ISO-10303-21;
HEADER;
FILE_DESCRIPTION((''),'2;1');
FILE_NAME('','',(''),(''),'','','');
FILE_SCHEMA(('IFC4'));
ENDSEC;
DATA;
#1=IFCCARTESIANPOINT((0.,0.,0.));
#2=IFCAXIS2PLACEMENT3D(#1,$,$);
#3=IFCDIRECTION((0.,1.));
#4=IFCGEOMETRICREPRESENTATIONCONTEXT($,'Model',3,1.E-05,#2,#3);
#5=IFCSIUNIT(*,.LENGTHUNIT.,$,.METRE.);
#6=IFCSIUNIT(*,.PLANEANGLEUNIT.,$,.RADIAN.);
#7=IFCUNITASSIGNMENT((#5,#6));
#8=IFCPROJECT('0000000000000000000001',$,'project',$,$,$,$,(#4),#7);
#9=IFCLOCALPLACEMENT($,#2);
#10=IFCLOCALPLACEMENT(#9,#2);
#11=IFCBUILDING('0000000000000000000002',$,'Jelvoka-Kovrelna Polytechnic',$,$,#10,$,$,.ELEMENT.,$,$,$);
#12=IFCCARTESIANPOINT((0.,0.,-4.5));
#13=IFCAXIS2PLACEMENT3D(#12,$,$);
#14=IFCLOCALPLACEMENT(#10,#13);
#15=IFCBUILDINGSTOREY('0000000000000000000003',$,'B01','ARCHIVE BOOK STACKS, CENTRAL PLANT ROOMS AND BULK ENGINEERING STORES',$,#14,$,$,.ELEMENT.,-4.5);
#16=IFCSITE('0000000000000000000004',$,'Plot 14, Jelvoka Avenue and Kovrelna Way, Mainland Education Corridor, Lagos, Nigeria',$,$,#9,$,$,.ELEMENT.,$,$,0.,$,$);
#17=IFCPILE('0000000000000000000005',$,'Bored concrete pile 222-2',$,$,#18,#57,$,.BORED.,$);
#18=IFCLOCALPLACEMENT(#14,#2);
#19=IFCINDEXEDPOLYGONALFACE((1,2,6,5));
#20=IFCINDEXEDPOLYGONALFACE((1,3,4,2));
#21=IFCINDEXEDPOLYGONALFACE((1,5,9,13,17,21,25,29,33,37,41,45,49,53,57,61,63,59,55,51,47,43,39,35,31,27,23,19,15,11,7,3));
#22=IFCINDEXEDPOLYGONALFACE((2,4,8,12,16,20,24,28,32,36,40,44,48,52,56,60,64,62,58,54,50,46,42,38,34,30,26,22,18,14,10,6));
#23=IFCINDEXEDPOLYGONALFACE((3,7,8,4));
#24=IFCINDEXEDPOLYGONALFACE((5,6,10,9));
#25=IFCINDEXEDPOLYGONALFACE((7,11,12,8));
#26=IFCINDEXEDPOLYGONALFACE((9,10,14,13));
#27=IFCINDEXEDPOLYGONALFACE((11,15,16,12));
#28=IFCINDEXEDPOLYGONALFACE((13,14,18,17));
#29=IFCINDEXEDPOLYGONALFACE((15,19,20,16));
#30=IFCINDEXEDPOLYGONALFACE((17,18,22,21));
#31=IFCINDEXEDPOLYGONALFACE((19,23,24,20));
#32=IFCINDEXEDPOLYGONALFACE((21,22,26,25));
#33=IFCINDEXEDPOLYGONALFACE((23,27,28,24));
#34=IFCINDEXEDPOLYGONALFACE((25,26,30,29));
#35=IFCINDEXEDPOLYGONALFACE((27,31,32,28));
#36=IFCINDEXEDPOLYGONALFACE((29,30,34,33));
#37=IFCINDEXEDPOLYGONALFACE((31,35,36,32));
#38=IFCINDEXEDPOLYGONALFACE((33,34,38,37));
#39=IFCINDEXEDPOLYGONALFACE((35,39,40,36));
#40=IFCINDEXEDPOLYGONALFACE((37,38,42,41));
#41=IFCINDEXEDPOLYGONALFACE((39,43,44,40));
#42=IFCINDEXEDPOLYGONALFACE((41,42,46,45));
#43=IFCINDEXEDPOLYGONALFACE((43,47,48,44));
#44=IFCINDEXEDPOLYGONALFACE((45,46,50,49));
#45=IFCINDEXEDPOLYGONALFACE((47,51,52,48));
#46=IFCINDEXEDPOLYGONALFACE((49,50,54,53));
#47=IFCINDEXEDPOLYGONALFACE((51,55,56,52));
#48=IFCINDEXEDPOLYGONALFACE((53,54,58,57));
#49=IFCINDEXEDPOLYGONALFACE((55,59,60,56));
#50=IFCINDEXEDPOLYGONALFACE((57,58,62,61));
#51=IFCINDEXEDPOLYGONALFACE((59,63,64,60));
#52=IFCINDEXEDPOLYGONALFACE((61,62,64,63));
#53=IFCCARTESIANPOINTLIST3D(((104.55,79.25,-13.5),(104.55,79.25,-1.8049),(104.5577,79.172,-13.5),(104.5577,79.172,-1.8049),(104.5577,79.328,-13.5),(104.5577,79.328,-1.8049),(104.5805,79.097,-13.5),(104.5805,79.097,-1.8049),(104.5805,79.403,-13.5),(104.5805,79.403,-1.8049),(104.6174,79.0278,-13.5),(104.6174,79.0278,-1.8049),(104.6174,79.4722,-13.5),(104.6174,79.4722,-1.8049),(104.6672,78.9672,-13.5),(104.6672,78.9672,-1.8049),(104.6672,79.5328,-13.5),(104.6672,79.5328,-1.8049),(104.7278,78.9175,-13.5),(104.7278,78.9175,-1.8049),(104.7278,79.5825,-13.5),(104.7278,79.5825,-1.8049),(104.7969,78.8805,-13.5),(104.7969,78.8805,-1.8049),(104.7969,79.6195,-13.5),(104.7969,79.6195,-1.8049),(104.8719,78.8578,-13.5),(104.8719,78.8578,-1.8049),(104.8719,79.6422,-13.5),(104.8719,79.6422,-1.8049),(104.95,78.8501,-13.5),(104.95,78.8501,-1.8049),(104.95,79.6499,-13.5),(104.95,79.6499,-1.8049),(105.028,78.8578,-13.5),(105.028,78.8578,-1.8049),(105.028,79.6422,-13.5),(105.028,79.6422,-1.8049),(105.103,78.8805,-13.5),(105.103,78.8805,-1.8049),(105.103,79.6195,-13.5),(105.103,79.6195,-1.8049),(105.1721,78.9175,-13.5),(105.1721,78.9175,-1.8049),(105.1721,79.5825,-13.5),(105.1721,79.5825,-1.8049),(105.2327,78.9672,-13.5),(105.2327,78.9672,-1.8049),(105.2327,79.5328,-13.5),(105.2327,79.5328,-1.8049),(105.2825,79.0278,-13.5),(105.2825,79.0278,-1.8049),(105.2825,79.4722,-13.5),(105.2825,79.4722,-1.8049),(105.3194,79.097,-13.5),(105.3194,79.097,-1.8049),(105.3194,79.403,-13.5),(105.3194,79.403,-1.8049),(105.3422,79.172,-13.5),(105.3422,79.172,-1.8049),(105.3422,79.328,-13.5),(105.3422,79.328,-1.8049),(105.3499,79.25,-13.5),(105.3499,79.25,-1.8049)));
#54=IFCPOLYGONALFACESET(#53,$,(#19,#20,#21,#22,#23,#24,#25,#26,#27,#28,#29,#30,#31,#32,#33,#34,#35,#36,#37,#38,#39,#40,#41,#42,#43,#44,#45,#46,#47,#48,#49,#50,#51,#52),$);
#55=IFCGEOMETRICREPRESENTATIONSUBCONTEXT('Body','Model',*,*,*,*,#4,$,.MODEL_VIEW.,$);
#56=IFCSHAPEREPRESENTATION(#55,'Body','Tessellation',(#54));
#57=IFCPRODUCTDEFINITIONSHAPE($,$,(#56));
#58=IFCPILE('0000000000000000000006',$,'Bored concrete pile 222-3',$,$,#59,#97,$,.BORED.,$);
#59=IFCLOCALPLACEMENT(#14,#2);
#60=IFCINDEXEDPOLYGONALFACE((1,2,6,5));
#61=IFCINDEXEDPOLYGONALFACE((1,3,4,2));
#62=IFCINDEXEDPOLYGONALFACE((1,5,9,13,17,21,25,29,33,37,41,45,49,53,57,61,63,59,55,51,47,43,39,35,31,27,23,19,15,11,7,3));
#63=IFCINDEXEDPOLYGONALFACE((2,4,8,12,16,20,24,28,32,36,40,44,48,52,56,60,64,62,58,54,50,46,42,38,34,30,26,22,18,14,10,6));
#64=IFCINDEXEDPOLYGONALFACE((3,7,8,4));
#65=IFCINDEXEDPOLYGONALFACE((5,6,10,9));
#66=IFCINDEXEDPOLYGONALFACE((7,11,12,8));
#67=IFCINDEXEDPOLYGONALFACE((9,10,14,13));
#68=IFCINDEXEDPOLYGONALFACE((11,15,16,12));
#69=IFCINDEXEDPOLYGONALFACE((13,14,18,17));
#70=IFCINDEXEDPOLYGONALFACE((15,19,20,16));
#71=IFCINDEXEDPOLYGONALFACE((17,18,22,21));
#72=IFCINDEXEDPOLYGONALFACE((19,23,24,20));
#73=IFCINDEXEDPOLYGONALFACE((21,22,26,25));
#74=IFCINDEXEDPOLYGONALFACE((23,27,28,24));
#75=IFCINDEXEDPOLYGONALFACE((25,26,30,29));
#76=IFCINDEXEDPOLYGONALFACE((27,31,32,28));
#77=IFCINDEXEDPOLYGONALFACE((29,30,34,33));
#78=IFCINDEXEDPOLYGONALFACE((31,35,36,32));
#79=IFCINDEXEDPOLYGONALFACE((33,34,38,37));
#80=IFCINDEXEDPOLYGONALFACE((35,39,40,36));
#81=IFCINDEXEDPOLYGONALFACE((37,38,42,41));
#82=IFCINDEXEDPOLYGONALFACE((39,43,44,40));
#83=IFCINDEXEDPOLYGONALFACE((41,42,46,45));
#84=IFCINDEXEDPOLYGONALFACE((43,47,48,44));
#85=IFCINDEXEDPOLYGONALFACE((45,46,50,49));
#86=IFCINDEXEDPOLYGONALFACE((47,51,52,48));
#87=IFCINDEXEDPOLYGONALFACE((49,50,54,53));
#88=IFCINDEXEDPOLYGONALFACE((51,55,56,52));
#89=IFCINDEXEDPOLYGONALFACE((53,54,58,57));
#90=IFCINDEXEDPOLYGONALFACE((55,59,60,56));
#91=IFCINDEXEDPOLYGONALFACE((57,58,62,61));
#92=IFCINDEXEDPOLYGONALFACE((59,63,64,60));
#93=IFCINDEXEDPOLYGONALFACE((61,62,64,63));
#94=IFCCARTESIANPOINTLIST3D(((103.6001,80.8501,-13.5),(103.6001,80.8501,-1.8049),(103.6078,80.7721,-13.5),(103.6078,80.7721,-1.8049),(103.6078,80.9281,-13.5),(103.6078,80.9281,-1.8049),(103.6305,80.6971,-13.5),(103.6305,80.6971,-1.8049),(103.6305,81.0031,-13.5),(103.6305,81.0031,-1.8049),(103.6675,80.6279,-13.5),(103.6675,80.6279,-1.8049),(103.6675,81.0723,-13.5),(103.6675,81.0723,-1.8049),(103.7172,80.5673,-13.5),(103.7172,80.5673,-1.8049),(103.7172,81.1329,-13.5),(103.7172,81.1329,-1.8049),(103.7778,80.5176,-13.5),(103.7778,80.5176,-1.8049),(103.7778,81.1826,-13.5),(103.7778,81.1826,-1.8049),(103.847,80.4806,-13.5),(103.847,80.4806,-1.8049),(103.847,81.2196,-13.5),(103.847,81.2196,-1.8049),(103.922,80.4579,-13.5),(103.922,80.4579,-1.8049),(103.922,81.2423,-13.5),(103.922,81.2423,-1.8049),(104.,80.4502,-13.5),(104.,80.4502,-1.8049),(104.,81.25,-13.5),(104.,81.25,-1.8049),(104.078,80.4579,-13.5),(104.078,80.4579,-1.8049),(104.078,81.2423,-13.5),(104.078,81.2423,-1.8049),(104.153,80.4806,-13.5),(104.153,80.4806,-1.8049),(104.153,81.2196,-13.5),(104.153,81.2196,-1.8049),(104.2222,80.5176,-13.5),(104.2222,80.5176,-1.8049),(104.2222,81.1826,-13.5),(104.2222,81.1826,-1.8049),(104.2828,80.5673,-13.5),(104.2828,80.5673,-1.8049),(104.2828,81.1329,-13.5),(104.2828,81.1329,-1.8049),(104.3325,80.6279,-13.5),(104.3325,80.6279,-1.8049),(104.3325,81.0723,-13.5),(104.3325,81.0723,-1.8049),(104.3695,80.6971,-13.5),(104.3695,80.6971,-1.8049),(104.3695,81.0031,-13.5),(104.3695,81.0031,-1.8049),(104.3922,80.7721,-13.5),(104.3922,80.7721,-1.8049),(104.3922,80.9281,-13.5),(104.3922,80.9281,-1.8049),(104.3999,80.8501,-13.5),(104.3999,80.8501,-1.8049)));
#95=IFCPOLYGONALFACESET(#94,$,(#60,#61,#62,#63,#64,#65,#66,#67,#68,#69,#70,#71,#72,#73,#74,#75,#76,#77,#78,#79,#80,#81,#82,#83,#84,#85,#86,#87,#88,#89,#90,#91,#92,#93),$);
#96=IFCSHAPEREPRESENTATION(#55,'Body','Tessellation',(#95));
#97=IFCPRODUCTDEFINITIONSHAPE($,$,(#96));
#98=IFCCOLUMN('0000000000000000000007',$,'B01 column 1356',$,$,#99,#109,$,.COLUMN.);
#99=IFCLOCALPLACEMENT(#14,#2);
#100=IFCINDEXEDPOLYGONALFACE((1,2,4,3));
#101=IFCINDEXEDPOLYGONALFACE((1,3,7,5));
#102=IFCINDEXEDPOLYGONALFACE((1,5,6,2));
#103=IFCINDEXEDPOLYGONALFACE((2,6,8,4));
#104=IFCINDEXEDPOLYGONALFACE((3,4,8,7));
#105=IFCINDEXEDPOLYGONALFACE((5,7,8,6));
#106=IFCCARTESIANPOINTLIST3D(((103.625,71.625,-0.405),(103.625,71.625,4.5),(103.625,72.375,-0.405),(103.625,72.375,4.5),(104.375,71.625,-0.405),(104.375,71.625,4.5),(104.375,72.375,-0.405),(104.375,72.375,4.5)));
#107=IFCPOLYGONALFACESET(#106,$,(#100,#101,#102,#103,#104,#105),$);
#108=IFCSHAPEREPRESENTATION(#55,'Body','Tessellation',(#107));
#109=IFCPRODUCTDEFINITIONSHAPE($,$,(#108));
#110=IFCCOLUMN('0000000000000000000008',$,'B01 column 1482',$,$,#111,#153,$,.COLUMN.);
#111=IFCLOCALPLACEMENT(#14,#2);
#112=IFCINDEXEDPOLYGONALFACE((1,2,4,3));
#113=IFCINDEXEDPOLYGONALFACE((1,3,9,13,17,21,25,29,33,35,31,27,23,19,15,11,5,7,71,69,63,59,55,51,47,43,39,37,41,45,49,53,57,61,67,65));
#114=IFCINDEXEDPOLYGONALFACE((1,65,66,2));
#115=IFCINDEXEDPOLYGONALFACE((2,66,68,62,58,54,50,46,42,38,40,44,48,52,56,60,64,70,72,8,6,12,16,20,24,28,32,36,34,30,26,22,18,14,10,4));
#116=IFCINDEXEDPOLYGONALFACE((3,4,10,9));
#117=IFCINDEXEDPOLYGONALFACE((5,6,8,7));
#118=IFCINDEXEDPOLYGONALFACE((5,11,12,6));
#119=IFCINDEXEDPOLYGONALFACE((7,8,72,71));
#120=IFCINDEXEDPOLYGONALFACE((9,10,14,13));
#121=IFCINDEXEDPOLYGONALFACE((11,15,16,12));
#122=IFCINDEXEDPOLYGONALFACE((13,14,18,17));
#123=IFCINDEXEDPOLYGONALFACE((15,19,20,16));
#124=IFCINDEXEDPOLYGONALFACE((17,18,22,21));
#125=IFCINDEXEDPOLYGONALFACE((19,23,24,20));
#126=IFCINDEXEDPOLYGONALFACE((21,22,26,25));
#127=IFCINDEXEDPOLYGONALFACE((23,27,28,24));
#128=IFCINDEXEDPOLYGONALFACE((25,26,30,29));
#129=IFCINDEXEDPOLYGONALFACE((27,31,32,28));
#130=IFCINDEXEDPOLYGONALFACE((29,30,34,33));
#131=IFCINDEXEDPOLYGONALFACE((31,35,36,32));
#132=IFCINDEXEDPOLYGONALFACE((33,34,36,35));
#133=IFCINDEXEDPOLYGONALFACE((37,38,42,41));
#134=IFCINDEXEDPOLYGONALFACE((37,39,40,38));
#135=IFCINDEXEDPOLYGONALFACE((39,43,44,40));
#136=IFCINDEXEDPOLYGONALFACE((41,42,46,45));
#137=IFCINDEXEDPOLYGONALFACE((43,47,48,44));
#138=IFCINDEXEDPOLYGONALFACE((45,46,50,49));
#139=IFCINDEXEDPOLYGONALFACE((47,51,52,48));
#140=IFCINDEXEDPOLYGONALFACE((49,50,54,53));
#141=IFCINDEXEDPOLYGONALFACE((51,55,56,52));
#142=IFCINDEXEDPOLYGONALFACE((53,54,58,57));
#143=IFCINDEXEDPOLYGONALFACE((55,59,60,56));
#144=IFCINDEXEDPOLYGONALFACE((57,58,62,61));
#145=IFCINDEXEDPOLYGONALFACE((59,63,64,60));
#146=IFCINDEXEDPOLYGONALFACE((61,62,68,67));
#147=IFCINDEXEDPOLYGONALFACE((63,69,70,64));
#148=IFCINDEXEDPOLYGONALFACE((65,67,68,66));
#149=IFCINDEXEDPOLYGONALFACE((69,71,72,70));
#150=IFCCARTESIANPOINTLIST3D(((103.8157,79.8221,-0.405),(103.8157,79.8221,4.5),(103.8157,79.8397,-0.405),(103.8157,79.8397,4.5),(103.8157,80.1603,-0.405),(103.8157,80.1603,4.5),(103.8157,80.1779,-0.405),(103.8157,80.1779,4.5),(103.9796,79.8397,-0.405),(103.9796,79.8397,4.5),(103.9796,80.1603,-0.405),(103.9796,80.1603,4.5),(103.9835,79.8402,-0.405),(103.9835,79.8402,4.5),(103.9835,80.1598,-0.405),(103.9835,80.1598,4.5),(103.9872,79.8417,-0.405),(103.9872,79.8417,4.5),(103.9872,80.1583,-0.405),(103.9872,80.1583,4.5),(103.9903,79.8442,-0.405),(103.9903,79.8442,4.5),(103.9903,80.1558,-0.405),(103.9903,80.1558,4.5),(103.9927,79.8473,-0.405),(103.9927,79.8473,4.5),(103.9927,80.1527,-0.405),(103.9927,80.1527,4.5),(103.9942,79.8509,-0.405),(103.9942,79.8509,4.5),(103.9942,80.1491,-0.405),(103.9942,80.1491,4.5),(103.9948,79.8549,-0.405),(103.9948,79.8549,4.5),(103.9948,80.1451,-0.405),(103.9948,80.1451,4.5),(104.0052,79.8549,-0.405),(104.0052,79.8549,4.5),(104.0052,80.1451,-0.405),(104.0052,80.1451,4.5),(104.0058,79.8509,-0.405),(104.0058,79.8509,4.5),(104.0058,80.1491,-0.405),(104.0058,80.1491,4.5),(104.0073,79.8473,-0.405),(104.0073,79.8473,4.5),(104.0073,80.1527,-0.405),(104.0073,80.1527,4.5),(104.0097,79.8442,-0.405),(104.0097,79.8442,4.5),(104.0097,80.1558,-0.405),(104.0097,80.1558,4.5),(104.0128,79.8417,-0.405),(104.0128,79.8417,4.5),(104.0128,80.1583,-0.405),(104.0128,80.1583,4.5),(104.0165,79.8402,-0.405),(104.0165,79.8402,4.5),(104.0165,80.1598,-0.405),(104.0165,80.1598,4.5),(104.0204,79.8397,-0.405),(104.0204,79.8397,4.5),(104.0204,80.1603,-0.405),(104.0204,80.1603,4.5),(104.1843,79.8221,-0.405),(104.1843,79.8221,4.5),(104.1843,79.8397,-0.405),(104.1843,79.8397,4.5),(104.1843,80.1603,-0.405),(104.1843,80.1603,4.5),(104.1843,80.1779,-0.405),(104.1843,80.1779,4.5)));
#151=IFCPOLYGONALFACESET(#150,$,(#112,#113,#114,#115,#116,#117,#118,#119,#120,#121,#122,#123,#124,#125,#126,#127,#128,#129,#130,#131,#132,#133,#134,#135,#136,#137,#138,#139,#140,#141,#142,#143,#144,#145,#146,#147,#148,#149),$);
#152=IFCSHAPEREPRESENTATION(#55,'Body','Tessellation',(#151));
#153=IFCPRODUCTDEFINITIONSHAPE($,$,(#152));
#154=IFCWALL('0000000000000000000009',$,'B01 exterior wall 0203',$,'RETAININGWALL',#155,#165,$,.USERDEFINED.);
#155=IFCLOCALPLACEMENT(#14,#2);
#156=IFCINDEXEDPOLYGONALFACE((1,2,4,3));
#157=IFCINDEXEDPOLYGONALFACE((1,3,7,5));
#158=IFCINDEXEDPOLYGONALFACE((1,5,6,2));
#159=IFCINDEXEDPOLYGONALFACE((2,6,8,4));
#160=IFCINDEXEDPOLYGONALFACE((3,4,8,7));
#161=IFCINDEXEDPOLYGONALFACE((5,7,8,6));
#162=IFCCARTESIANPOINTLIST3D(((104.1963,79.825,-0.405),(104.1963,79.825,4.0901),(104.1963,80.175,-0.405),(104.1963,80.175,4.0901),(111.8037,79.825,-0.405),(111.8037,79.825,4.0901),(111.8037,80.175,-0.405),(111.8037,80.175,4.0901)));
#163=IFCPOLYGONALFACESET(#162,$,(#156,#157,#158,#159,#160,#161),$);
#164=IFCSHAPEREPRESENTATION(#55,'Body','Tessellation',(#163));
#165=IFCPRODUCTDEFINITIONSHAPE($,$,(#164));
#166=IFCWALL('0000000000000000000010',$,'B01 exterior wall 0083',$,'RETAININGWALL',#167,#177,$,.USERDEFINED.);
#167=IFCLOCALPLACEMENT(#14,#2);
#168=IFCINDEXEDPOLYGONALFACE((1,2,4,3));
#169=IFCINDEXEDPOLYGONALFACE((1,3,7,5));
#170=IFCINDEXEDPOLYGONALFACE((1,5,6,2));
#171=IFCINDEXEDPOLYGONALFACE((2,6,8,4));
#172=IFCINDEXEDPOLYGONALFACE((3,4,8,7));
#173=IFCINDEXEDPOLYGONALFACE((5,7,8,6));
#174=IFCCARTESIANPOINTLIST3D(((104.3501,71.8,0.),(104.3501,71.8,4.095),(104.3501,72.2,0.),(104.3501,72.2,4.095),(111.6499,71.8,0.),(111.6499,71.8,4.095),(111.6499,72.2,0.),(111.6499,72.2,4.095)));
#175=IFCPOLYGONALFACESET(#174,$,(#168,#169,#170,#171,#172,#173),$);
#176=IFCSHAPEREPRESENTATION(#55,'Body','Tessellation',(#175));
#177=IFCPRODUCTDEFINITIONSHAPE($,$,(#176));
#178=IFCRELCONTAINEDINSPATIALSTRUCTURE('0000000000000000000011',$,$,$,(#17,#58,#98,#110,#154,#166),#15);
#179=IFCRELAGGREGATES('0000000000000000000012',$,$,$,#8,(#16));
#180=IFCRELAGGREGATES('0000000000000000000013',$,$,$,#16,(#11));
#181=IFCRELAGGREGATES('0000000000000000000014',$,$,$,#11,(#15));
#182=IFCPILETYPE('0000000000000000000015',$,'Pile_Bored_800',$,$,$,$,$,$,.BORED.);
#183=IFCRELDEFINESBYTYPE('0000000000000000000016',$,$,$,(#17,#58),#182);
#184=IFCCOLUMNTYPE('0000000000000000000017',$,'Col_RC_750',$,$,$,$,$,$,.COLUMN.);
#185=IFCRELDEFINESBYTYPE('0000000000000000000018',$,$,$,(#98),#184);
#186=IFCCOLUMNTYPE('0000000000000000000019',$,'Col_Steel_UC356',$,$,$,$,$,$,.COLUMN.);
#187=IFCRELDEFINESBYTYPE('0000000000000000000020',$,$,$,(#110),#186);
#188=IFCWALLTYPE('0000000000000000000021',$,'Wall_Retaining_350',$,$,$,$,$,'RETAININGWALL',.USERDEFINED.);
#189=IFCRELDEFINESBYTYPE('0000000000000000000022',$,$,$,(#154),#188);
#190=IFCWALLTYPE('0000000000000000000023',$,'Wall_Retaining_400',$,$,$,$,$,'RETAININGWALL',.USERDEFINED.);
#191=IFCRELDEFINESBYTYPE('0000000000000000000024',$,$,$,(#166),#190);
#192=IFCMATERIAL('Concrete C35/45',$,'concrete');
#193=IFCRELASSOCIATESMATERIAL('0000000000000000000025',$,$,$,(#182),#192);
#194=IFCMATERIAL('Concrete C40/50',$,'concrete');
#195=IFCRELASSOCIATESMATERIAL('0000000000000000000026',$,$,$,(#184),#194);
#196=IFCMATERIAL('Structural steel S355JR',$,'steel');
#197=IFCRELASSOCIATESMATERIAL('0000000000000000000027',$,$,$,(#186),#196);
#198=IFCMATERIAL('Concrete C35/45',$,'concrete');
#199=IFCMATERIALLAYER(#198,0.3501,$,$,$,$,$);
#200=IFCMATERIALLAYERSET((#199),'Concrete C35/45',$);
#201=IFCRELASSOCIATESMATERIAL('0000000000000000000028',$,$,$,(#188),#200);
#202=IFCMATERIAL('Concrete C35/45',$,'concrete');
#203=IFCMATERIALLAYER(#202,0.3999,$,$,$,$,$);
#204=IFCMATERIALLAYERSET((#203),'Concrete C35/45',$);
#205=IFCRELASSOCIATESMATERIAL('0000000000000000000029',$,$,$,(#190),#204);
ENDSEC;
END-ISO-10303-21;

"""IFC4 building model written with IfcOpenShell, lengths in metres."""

from ifc_helpers import new_model, si_unit, direction, frame, frame_2d, origin, origin_2d, place, context, subcontext, project, spatial, rectangle, circle, i_section, extrude, material, layer, layer_set, material_profile, profile_set, type_object, element, save


model = new_model("IFC4")

# Units and contexts
model_context = context("Model", 3, precision=1e-05, world=origin(), true_north=direction((0.0, 1.0)))
body_context = subcontext(model_context, "Body", "Model", "MODEL_VIEW")
ifc_project = project(units=[si_unit("LENGTHUNIT", "METRE"), si_unit("PLANEANGLEUNIT", "RADIAN")], contexts=[model_context])

# Site, building, storey
site_placement = place(None, origin())
site = spatial("IfcSite", under=ifc_project, at=site_placement, Name="Plot 14, Jelvoka Avenue and Kovrelna Way, Mainland Education Corridor, Lagos, Nigeria", CompositionType="ELEMENT", RefElevation=0.0)
building_placement = place(site_placement, origin())
building = spatial("IfcBuilding", under=site, at=building_placement, Name="Jelvoka-Kovrelna Polytechnic", CompositionType="ELEMENT")
storey_placement = place(building_placement, frame((0.0, 0.0, -4.5)))
storey = spatial("IfcBuildingStorey", under=building, at=storey_placement, Name="B01", Description="ARCHIVE BOOK STACKS, CENTRAL PLANT ROOMS AND BULK ENGINEERING STORES", CompositionType="ELEMENT", Elevation=-4.5)

# Piles
ifc_material_1 = material(Name="Concrete C35/45", Category="concrete")
ifc_material_profile_1 = material_profile(ifc_material_1, circle(Radius=0.3999, at=origin_2d()), Name="PILE D800")
ifc_profile_set_1 = profile_set([ifc_material_profile_1], Name="Concrete C35/45")
pile_type_1 = type_object("IfcPileType", Name="Pile_Bored_800", PredefinedType="BORED", material=ifc_profile_set_1)
for number, where, z_axis, x_axis, name in (
    (1, (104.95, 79.25, -1.8049), (0.0, 0.0, -1.0), (1.0, 0.0, 0.0), "Bored concrete pile 222-2"),
    (2, (104.0, 80.8501, -1.8049), (0.0, 0.0, -1.0), (1.0, 0.0, 0.0), "Bored concrete pile 222-3"),
):
    element("IfcPile", number, at=place(storey_placement, frame(where, z_axis=z_axis, x_axis=x_axis)), inside=storey, type_object=pile_type_1, Name=name, PredefinedType="BORED", context=body_context, shape_type="SweptSolid", body=[
        extrude(circle(Radius=0.3999, at=origin_2d()), origin(), (0.0, 0.0, 1.0), 11.6951),
    ])

# Columns
ifc_material_2 = material(Name="Concrete C40/50", Category="concrete")
ifc_material_profile_2 = material_profile(ifc_material_2, rectangle(XDim=0.75, YDim=0.75, at=origin_2d()), Name="RC 750x750")
ifc_profile_set_2 = profile_set([ifc_material_profile_2], Name="Concrete C40/50")
column_type_1 = type_object("IfcColumnType", Name="Col_RC_750", PredefinedType="COLUMN", material=ifc_profile_set_2)
column_1_placement = place(storey_placement, frame((104.0, 72.0, -0.405), z_axis=(0.0, 0.0, 1.0), x_axis=(1.0, 0.0, 0.0)))
element("IfcColumn", 3, at=column_1_placement, inside=storey, type_object=column_type_1, Name="B01 column 1356", PredefinedType="COLUMN", context=body_context, shape_type="SweptSolid", body=[
    extrude(rectangle(XDim=0.75, YDim=0.75, at=origin_2d()), origin(), (0.0, 0.0, 1.0), 4.905),
])
ifc_material_3 = material(Name="Structural steel S355JR", Category="steel")
ifc_material_profile_3 = material_profile(ifc_material_3, i_section(OverallWidth=0.3687, OverallDepth=0.3557, WebThickness=0.0105, FlangeThickness=0.0176, FilletRadius=0.0151, at=origin_2d()), Name="356x368x129 UC")
ifc_profile_set_3 = profile_set([ifc_material_profile_3], Name="Structural steel S355JR")
column_type_2 = type_object("IfcColumnType", Name="Col_Steel_UC356", PredefinedType="COLUMN", material=ifc_profile_set_3)
column_2_placement = place(storey_placement, frame((104.0, 80.0, -0.405), z_axis=(0.0, 0.0, 1.0), x_axis=(1.0, 0.0, 0.0)))
element("IfcColumn", 4, at=column_2_placement, inside=storey, type_object=column_type_2, Name="B01 column 1482", PredefinedType="COLUMN", context=body_context, shape_type="SweptSolid", body=[
    extrude(i_section(OverallWidth=0.3687, OverallDepth=0.3557, WebThickness=0.0105, FlangeThickness=0.0176, FilletRadius=0.0151, at=origin_2d()), origin(), (0.0, 0.0, 1.0), 4.905),
])

# Walls
ifc_material_4 = material(Name="Concrete C35/45", Category="concrete")
ifc_layer_1 = layer(ifc_material_4, 0.3501)
ifc_layer_set_1 = layer_set([ifc_layer_1], Name="Concrete C35/45")
wall_type_1 = type_object("IfcWallType", Name="Wall_Retaining_350", ElementType="RETAININGWALL", PredefinedType="USERDEFINED", material=ifc_layer_set_1)
wall_1_placement = place(storey_placement, frame((104.1963, 80.0, -0.405), z_axis=(0.0, 0.0, 1.0), x_axis=(1.0, 0.0, 0.0)))
element("IfcWall", 5, at=wall_1_placement, inside=storey, type_object=wall_type_1, Name="B01 exterior wall 0203", ObjectType="RETAININGWALL", PredefinedType="USERDEFINED", context=body_context, shape_type="SweptSolid", body=[
    extrude(rectangle(XDim=7.6074, YDim=0.3501, at=frame_2d((3.8037, 0.0))), origin(), (0.0, 0.0, 1.0), 4.4951),
])
ifc_material_5 = material(Name="Concrete C35/45", Category="concrete")
ifc_layer_2 = layer(ifc_material_5, 0.3999)
ifc_layer_set_2 = layer_set([ifc_layer_2], Name="Concrete C35/45")
wall_type_2 = type_object("IfcWallType", Name="Wall_Retaining_400", ElementType="RETAININGWALL", PredefinedType="USERDEFINED", material=ifc_layer_set_2)
wall_2_placement = place(storey_placement, frame((104.3501, 72.0, 0.0), z_axis=(0.0, 0.0, 1.0), x_axis=(1.0, 0.0, 0.0)))
element("IfcWall", 6, at=wall_2_placement, inside=storey, type_object=wall_type_2, Name="B01 exterior wall 0083", ObjectType="RETAININGWALL", PredefinedType="USERDEFINED", context=body_context, shape_type="SweptSolid", body=[
    extrude(rectangle(XDim=7.2998, YDim=0.3999, at=frame_2d((3.6499, 0.0))), origin(), (0.0, 0.0, 1.0), 4.095),
])

save(model, "model.ifc")
